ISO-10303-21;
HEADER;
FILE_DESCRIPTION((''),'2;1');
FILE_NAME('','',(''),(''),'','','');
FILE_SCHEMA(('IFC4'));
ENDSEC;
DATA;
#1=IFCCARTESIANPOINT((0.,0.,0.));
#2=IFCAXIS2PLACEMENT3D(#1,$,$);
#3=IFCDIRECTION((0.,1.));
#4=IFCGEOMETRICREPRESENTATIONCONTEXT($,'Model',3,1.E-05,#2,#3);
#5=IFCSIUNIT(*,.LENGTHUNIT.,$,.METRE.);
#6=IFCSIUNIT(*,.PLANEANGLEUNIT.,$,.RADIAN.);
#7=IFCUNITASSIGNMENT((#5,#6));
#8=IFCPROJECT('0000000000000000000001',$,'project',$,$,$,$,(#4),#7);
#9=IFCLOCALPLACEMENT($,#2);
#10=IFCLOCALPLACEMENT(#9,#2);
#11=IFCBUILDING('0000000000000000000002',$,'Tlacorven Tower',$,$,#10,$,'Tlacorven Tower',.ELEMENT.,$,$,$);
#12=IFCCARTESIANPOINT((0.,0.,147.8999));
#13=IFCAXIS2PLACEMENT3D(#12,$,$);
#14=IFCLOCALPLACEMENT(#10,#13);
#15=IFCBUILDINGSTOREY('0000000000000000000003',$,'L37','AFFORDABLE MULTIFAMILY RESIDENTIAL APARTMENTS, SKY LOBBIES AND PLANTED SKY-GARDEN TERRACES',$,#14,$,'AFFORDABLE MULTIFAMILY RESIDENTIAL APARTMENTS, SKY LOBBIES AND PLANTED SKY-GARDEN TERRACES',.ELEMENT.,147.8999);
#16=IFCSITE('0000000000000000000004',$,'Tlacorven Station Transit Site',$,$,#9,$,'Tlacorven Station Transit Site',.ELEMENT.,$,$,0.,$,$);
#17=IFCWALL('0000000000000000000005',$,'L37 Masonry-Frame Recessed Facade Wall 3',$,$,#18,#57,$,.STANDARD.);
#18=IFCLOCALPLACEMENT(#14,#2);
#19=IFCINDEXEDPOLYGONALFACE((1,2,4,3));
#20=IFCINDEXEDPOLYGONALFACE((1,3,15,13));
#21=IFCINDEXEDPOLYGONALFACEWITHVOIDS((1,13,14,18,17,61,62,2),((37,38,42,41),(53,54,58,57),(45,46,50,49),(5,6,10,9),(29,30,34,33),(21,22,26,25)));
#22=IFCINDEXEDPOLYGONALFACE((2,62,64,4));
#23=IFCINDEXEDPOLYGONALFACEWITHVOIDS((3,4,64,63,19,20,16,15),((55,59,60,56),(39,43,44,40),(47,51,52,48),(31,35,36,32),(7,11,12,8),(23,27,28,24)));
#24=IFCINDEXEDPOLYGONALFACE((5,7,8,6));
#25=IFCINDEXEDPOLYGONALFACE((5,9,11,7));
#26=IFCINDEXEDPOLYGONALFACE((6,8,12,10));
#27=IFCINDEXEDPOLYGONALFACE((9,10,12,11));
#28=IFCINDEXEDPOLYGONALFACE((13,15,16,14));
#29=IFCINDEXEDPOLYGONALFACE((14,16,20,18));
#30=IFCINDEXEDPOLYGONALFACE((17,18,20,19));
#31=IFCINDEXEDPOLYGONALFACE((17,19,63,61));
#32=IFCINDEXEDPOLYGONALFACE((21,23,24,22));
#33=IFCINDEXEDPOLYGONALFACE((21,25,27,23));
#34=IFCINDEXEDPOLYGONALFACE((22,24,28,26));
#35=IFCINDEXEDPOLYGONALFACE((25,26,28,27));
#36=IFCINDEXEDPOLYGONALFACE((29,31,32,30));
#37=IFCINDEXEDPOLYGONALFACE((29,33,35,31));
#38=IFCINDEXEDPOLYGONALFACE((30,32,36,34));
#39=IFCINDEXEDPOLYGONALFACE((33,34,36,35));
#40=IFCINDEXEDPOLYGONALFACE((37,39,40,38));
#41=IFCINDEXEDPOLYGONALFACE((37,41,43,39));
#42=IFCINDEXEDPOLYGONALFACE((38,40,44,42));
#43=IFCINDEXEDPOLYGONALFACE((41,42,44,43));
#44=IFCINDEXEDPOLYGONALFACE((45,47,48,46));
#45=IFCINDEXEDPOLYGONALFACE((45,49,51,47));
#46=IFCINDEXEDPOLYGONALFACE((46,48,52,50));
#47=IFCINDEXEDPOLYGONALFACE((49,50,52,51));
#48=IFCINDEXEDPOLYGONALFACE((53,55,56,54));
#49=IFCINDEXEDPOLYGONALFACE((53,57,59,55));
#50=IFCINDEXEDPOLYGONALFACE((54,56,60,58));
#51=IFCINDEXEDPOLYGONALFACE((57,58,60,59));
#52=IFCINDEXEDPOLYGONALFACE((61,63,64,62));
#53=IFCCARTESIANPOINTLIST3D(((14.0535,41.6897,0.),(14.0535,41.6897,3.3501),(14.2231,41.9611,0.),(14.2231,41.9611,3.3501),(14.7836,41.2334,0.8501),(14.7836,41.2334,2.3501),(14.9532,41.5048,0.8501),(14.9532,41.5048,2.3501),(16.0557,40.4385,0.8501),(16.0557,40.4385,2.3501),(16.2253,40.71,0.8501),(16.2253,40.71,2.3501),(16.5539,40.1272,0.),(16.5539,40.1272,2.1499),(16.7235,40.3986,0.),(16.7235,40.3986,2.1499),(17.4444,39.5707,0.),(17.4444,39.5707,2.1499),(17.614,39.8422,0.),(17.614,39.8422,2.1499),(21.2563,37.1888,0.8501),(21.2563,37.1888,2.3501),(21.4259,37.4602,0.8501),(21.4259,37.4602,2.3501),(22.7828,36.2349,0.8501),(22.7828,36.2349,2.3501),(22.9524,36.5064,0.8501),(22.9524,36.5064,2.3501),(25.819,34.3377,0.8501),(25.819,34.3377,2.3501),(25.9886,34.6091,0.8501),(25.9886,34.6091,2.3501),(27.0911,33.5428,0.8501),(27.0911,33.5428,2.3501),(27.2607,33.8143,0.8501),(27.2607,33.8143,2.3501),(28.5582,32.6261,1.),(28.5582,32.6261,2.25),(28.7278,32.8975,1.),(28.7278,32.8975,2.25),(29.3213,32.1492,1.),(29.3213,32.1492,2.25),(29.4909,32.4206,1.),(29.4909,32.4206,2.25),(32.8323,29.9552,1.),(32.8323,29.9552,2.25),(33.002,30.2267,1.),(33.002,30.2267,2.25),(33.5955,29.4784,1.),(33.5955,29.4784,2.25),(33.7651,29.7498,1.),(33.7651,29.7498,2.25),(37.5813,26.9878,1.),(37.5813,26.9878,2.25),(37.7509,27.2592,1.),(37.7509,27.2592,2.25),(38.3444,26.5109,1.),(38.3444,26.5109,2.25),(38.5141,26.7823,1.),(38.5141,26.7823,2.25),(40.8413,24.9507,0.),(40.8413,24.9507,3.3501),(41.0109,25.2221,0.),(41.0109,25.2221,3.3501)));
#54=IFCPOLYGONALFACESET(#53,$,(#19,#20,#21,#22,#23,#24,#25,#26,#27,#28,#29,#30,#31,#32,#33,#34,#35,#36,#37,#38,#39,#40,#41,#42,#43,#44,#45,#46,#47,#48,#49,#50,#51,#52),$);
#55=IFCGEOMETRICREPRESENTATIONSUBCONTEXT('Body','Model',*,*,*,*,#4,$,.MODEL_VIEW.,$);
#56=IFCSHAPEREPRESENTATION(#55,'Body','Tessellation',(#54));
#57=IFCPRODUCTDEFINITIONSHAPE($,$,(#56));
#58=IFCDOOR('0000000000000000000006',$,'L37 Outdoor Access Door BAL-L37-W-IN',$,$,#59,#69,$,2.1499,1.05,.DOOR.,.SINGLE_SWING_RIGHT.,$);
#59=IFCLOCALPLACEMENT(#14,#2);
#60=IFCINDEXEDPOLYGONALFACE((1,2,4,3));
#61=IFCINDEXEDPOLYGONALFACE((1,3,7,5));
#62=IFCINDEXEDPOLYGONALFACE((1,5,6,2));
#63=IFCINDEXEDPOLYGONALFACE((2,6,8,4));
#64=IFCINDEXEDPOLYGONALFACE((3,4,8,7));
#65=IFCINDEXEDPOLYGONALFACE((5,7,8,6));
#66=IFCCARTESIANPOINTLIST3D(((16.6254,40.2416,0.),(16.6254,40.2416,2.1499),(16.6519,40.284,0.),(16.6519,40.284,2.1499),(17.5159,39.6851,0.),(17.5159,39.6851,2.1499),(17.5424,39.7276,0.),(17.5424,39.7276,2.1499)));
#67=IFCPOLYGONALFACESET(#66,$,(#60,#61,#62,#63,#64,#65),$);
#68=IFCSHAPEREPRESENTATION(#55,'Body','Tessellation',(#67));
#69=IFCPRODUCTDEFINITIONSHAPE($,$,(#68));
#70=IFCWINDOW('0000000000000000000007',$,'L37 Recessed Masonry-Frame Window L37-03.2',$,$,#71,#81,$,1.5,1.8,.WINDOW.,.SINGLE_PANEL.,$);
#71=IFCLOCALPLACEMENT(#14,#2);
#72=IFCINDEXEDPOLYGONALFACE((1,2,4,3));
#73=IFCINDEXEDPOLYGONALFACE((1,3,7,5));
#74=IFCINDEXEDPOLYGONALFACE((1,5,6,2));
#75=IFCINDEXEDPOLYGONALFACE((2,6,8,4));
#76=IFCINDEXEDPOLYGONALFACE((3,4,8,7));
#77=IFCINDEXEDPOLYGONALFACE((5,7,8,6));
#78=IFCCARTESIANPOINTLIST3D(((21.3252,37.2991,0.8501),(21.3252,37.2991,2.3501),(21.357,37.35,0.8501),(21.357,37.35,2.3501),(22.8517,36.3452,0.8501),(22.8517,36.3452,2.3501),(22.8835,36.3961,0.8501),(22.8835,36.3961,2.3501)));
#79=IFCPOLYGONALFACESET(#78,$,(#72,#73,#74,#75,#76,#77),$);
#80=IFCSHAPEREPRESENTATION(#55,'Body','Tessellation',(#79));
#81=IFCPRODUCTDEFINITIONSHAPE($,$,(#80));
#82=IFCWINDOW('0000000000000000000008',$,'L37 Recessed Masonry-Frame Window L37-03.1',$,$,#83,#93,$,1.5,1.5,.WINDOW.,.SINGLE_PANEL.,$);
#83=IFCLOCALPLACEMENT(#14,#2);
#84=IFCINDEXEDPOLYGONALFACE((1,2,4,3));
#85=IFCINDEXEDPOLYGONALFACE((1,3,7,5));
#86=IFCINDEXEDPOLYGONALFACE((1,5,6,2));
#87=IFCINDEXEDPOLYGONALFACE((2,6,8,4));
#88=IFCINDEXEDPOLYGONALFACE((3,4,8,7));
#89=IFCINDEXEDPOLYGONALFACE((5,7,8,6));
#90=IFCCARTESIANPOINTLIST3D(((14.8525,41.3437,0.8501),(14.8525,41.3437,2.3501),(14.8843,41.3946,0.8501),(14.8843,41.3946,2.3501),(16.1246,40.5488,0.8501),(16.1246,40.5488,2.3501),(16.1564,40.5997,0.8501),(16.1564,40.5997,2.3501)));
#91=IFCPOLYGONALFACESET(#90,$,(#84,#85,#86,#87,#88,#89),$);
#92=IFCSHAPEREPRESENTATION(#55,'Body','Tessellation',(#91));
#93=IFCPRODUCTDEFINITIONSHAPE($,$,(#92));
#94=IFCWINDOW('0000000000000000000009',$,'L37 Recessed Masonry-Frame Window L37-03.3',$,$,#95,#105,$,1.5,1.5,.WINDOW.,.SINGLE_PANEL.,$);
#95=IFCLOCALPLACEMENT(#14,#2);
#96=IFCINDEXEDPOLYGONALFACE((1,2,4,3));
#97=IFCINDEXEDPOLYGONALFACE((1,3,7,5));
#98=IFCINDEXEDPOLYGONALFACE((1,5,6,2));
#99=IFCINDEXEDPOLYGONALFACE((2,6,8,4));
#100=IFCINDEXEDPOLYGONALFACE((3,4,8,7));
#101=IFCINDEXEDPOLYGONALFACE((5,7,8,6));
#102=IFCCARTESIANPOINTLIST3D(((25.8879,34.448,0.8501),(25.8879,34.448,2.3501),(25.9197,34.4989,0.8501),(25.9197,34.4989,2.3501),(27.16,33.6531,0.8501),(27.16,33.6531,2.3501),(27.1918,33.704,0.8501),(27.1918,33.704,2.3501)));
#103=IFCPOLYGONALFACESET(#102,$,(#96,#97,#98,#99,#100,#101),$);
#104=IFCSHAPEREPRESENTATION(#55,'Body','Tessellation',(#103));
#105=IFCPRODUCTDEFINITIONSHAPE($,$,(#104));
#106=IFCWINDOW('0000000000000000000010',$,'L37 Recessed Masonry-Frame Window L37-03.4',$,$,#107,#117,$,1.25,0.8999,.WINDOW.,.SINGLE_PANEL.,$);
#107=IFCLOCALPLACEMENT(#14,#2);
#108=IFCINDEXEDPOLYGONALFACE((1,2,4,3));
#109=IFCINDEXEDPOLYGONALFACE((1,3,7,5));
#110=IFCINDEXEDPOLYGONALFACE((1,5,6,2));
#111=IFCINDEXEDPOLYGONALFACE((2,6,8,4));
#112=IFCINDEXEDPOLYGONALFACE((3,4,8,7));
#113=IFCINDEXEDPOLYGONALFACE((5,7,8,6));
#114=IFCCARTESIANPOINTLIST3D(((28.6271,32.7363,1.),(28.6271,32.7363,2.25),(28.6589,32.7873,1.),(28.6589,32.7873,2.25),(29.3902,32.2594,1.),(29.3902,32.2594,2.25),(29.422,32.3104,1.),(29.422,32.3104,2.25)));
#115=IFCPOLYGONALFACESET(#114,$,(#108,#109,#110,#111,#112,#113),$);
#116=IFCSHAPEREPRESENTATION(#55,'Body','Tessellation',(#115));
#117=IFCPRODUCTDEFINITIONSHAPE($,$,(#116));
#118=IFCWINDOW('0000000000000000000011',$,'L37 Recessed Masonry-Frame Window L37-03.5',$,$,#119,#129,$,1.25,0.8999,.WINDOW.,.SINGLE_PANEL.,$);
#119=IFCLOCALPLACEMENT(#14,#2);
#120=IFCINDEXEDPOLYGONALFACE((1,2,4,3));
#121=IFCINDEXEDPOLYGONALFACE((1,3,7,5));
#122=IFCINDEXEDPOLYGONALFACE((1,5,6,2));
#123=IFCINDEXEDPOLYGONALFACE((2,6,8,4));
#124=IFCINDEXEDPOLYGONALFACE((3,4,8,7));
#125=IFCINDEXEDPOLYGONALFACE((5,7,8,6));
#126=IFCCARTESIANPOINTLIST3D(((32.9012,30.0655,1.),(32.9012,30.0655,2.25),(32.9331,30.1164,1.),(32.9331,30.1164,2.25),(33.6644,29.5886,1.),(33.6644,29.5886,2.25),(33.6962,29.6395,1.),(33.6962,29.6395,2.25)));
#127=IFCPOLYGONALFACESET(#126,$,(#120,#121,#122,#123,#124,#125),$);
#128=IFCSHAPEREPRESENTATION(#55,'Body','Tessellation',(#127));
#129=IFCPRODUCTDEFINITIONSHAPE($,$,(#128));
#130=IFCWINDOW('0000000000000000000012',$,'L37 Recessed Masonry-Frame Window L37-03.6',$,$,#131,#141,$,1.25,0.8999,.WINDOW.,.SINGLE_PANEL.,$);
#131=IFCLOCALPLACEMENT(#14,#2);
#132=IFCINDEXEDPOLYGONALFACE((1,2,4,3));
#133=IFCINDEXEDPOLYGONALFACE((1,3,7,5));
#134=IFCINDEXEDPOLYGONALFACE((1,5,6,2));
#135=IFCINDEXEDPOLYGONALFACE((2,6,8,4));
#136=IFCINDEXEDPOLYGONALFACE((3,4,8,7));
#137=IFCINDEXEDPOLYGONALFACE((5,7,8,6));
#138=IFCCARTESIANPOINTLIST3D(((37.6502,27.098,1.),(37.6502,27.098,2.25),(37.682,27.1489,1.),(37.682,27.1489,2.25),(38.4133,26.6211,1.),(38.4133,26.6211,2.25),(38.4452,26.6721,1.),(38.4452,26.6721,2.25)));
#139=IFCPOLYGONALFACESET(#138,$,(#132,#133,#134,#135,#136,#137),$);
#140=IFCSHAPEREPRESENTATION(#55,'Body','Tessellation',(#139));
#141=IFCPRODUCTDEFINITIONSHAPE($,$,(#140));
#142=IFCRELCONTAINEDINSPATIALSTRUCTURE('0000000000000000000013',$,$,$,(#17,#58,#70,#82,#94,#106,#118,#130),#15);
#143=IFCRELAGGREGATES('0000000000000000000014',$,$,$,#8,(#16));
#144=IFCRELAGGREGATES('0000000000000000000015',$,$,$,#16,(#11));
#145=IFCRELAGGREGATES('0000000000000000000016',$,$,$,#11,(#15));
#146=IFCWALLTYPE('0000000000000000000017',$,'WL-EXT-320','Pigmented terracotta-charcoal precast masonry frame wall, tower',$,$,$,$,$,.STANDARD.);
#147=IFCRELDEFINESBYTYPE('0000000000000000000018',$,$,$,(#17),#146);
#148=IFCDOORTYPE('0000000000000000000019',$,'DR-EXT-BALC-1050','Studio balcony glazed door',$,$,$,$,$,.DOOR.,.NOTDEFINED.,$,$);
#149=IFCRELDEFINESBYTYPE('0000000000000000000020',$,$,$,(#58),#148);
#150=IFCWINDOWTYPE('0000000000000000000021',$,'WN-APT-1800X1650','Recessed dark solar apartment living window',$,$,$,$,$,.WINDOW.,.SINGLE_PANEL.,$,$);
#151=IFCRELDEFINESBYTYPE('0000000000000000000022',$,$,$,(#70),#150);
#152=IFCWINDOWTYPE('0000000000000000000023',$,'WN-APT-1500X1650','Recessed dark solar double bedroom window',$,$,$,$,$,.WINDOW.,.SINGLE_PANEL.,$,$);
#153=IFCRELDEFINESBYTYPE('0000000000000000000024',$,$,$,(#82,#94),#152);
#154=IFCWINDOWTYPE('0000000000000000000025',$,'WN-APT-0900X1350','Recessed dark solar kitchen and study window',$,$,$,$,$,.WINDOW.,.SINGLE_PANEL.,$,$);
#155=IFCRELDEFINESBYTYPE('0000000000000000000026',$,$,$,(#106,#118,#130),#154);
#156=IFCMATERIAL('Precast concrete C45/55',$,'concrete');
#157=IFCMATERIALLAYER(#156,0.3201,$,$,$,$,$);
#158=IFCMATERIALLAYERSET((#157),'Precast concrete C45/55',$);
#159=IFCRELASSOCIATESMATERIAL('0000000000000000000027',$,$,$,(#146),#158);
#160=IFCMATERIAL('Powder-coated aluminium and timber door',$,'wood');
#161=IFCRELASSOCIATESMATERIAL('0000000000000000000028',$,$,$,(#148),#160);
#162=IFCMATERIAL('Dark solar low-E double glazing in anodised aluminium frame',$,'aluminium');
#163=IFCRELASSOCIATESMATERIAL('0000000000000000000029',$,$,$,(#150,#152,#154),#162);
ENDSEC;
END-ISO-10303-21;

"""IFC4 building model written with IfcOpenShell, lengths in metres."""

from ifc_helpers import new_model, si_unit, direction, frame, frame_2d, origin, place, context, subcontext, project, spatial, rectangle, extrude, source, transform, mapped, material, layer, layer_set, type_object, element, fill, save


model = new_model("IFC4")

# Units and contexts
model_context = context("Model", 3, precision=1e-05, world=origin(), true_north=direction((0.0, 1.0)))
body_context = subcontext(model_context, "Body", "Model", "MODEL_VIEW")
ifc_project = project(units=[si_unit("LENGTHUNIT", "METRE"), si_unit("PLANEANGLEUNIT", "RADIAN")], contexts=[model_context])

# Site, building, storey
site_placement = place(None, origin())
site = spatial("IfcSite", under=ifc_project, at=site_placement, Name="Tlacorven Station Transit Site", LongName="Tlacorven Station Transit Site", CompositionType="ELEMENT", RefElevation=0.0)
building_placement = place(site_placement, origin())
building = spatial("IfcBuilding", under=site, at=building_placement, Name="Tlacorven Tower", LongName="Tlacorven Tower", CompositionType="ELEMENT")
storey_placement = place(building_placement, frame((0.0, 0.0, 147.8999)))
storey = spatial("IfcBuildingStorey", under=building, at=storey_placement, Name="L37", Description="AFFORDABLE MULTIFAMILY RESIDENTIAL APARTMENTS, SKY LOBBIES AND PLANTED SKY-GARDEN TERRACES", LongName="AFFORDABLE MULTIFAMILY RESIDENTIAL APARTMENTS, SKY LOBBIES AND PLANTED SKY-GARDEN TERRACES", CompositionType="ELEMENT", Elevation=147.8999)

# Wall, openings, door, windows
ifc_material_1 = material(Name="Precast concrete C45/55", Category="concrete")
ifc_layer_1 = layer(ifc_material_1, 0.3201)
ifc_layer_set_1 = layer_set([ifc_layer_1], Name="Precast concrete C45/55")
wall_type_1 = type_object("IfcWallType", Name="WL-EXT-320", Description="Pigmented terracotta-charcoal precast masonry frame wall, tower", PredefinedType="STANDARD", material=ifc_layer_set_1)
wall_1_placement = place(storey_placement, frame((14.1382, 41.8254, 0.0), z_axis=(0.0, 0.0, 1.0), x_axis=(0.848046, -0.529922, 0.0)))
wall_1 = element("IfcWall", 1, at=wall_1_placement, inside=storey, type_object=wall_type_1, Name="L37 Masonry-Frame Recessed Facade Wall 3", PredefinedType="STANDARD", context=body_context, shape_type="SweptSolid", body=[
    extrude(rectangle(XDim=31.5876, YDim=0.3201, at=frame_2d((15.7939, 0.0))), origin(), (0.0, 0.0, 1.0), 3.3501),
])
opening_1_placement = place(wall_1_placement, frame((2.9487, 0.0, 0.0)))
opening_1 = element("IfcOpeningElement", 2, at=opening_1_placement, cuts=wall_1, PredefinedType="OPENING", context=body_context, shape_type="SweptSolid", body=[
    extrude(rectangle(XDim=1.05, YDim=2.1499, at=frame_2d((0.5249, 1.075))), frame((0.0, 0.1699, 0.0), z_axis=(0.0, -1.0, 0.0), x_axis=(1.0, 0.0, 0.0)), (0.0, 0.0, 1.0), 0.3401),
])
opening_2_placement = place(wall_1_placement, frame((0.8611, 0.0, 0.8501)))
opening_2 = element("IfcOpeningElement", 3, at=opening_2_placement, cuts=wall_1, PredefinedType="OPENING", context=body_context, shape_type="SweptSolid", body=[
    extrude(rectangle(XDim=1.5, YDim=1.5, at=frame_2d((0.75, 0.75))), frame((0.0, 0.1699, 0.0), z_axis=(0.0, -1.0, 0.0), x_axis=(1.0, 0.0, 0.0)), (0.0, 0.0, 1.0), 0.3401),
])
opening_3_placement = place(wall_1_placement, frame((8.4937, 0.0, 0.8501)))
opening_3 = element("IfcOpeningElement", 4, at=opening_3_placement, cuts=wall_1, PredefinedType="OPENING", context=body_context, shape_type="SweptSolid", body=[
    extrude(rectangle(XDim=1.8, YDim=1.5, at=frame_2d((0.8999, 0.75))), frame((0.0, 0.1699, 0.0), z_axis=(0.0, -1.0, 0.0), x_axis=(1.0, 0.0, 0.0)), (0.0, 0.0, 1.0), 0.3401),
])
opening_4_placement = place(wall_1_placement, frame((13.8738, 0.0, 0.8501)))
opening_4 = element("IfcOpeningElement", 5, at=opening_4_placement, cuts=wall_1, PredefinedType="OPENING", context=body_context, shape_type="SweptSolid", body=[
    extrude(rectangle(XDim=1.5, YDim=1.5, at=frame_2d((0.75, 0.75))), frame((0.0, 0.1699, 0.0), z_axis=(0.0, -1.0, 0.0), x_axis=(1.0, 0.0, 0.0)), (0.0, 0.0, 1.0), 0.3401),
])
opening_5_placement = place(wall_1_placement, frame((17.1038, 0.0, 1.0)))
opening_5 = element("IfcOpeningElement", 6, at=opening_5_placement, cuts=wall_1, PredefinedType="OPENING", context=body_context, shape_type="SweptSolid", body=[
    extrude(rectangle(XDim=0.8999, YDim=1.25, at=frame_2d((0.45, 0.625))), frame((0.0, 0.1699, 0.0), z_axis=(0.0, -1.0, 0.0), x_axis=(1.0, 0.0, 0.0)), (0.0, 0.0, 1.0), 0.3401),
])
opening_6_placement = place(wall_1_placement, frame((22.1438, 0.0, 1.0)))
opening_6 = element("IfcOpeningElement", 7, at=opening_6_placement, cuts=wall_1, PredefinedType="OPENING", context=body_context, shape_type="SweptSolid", body=[
    extrude(rectangle(XDim=0.8999, YDim=1.25, at=frame_2d((0.45, 0.625))), frame((0.0, 0.1699, 0.0), z_axis=(0.0, -1.0, 0.0), x_axis=(1.0, 0.0, 0.0)), (0.0, 0.0, 1.0), 0.3401),
])
opening_7_placement = place(wall_1_placement, frame((27.7437, 0.0, 1.0)))
opening_7 = element("IfcOpeningElement", 8, at=opening_7_placement, cuts=wall_1, PredefinedType="OPENING", context=body_context, shape_type="SweptSolid", body=[
    extrude(rectangle(XDim=0.8999, YDim=1.25, at=frame_2d((0.45, 0.625))), frame((0.0, 0.1699, 0.0), z_axis=(0.0, -1.0, 0.0), x_axis=(1.0, 0.0, 0.0)), (0.0, 0.0, 1.0), 0.3401),
])
ifc_material_2 = material(Name="Powder-coated aluminium and timber door", Category="wood")
door_type_1 = type_object("IfcDoorType", Name="DR-EXT-BALC-1050", Description="Studio balcony glazed door", OperationType="NOTDEFINED", PredefinedType="DOOR", material=ifc_material_2)
shared_shape_1 = source(origin(), body_context, "Body", "SweptSolid", [
    extrude(rectangle(XDim=1.05, YDim=2.1499, at=frame_2d((0.5249, 1.075))), frame((0.0, 0.0249, 0.0), z_axis=(0.0, -1.0, 0.0), x_axis=(1.0, 0.0, 0.0)), (0.0, 0.0, 1.0), 0.05),
])
door_1_placement = place(opening_1_placement, origin())
door_1 = element("IfcDoor", 9, at=door_1_placement, inside=storey, type_object=door_type_1, Name="L37 Outdoor Access Door BAL-L37-W-IN", OperationType="SINGLE_SWING_RIGHT", OverallHeight=2.1499, OverallWidth=1.05, PredefinedType="DOOR", context=body_context, shape_type="MappedRepresentation", body=[
    mapped(shared_shape_1, transform((0.0, 0.0, 0.0), scale=1.0)),
])
fill(opening_1, door_1)
ifc_material_3 = material(Name="Dark solar low-E double glazing in anodised aluminium frame", Category="aluminium")
window_type_1 = type_object("IfcWindowType", Name="WN-APT-1800X1650", Description="Recessed dark solar apartment living window", PartitioningType="SINGLE_PANEL", PredefinedType="WINDOW", material=ifc_material_3)
shared_shape_2 = source(origin(), body_context, "Body", "SweptSolid", [
    extrude(rectangle(XDim=1.8, YDim=1.5, at=frame_2d((0.8999, 0.75))), frame((0.0, 0.03, 0.0), z_axis=(0.0, -1.0, 0.0), x_axis=(1.0, 0.0, 0.0)), (0.0, 0.0, 1.0), 0.0601),
])
window_1_placement = place(opening_3_placement, origin())
window_1 = element("IfcWindow", 10, at=window_1_placement, inside=storey, type_object=window_type_1, Name="L37 Recessed Masonry-Frame Window L37-03.2", OverallHeight=1.5, OverallWidth=1.8, PartitioningType="SINGLE_PANEL", PredefinedType="WINDOW", context=body_context, shape_type="MappedRepresentation", body=[
    mapped(shared_shape_2, transform((0.0, 0.0, 0.0), scale=1.0)),
])
fill(opening_3, window_1)
window_type_2 = type_object("IfcWindowType", Name="WN-APT-1500X1650", Description="Recessed dark solar double bedroom window", PartitioningType="SINGLE_PANEL", PredefinedType="WINDOW", material=ifc_material_3)
shared_shape_3 = source(origin(), body_context, "Body", "SweptSolid", [
    extrude(rectangle(XDim=1.5, YDim=1.5, at=frame_2d((0.75, 0.75))), frame((0.0, 0.03, 0.0), z_axis=(0.0, -1.0, 0.0), x_axis=(1.0, 0.0, 0.0)), (0.0, 0.0, 1.0), 0.0601),
])
window_2_placement = place(opening_2_placement, origin())
window_2 = element("IfcWindow", 11, at=window_2_placement, inside=storey, type_object=window_type_2, Name="L37 Recessed Masonry-Frame Window L37-03.1", OverallHeight=1.5, OverallWidth=1.5, PartitioningType="SINGLE_PANEL", PredefinedType="WINDOW", context=body_context, shape_type="MappedRepresentation", body=[
    mapped(shared_shape_3, transform((0.0, 0.0, 0.0), scale=1.0)),
])
fill(opening_2, window_2)
window_3_placement = place(opening_4_placement, origin())
window_3 = element("IfcWindow", 12, at=window_3_placement, inside=storey, type_object=window_type_2, Name="L37 Recessed Masonry-Frame Window L37-03.3", OverallHeight=1.5, OverallWidth=1.5, PartitioningType="SINGLE_PANEL", PredefinedType="WINDOW", context=body_context, shape_type="MappedRepresentation", body=[
    mapped(shared_shape_3, transform((0.0, 0.0, 0.0), scale=1.0)),
])
fill(opening_4, window_3)
window_type_3 = type_object("IfcWindowType", Name="WN-APT-0900X1350", Description="Recessed dark solar kitchen and study window", PartitioningType="SINGLE_PANEL", PredefinedType="WINDOW", material=ifc_material_3)
shared_shape_4 = source(origin(), body_context, "Body", "SweptSolid", [
    extrude(rectangle(XDim=0.8999, YDim=1.25, at=frame_2d((0.45, 0.625))), frame((0.0, 0.03, 0.0), z_axis=(0.0, -1.0, 0.0), x_axis=(1.0, 0.0, 0.0)), (0.0, 0.0, 1.0), 0.0601),
])
window_4_placement = place(opening_5_placement, origin())
window_4 = element("IfcWindow", 13, at=window_4_placement, inside=storey, type_object=window_type_3, Name="L37 Recessed Masonry-Frame Window L37-03.4", OverallHeight=1.25, OverallWidth=0.8999, PartitioningType="SINGLE_PANEL", PredefinedType="WINDOW", context=body_context, shape_type="MappedRepresentation", body=[
    mapped(shared_shape_4, transform((0.0, 0.0, 0.0), scale=1.0)),
])
fill(opening_5, window_4)
window_5_placement = place(opening_6_placement, origin())
window_5 = element("IfcWindow", 14, at=window_5_placement, inside=storey, type_object=window_type_3, Name="L37 Recessed Masonry-Frame Window L37-03.5", OverallHeight=1.25, OverallWidth=0.8999, PartitioningType="SINGLE_PANEL", PredefinedType="WINDOW", context=body_context, shape_type="MappedRepresentation", body=[
    mapped(shared_shape_4, transform((0.0, 0.0, 0.0), scale=1.0)),
])
fill(opening_6, window_5)
window_6_placement = place(opening_7_placement, origin())
window_6 = element("IfcWindow", 15, at=window_6_placement, inside=storey, type_object=window_type_3, Name="L37 Recessed Masonry-Frame Window L37-03.6", OverallHeight=1.25, OverallWidth=0.8999, PartitioningType="SINGLE_PANEL", PredefinedType="WINDOW", context=body_context, shape_type="MappedRepresentation", body=[
    mapped(shared_shape_4, transform((0.0, 0.0, 0.0), scale=1.0)),
])
fill(opening_7, window_6)

save(model, "model.ifc")
